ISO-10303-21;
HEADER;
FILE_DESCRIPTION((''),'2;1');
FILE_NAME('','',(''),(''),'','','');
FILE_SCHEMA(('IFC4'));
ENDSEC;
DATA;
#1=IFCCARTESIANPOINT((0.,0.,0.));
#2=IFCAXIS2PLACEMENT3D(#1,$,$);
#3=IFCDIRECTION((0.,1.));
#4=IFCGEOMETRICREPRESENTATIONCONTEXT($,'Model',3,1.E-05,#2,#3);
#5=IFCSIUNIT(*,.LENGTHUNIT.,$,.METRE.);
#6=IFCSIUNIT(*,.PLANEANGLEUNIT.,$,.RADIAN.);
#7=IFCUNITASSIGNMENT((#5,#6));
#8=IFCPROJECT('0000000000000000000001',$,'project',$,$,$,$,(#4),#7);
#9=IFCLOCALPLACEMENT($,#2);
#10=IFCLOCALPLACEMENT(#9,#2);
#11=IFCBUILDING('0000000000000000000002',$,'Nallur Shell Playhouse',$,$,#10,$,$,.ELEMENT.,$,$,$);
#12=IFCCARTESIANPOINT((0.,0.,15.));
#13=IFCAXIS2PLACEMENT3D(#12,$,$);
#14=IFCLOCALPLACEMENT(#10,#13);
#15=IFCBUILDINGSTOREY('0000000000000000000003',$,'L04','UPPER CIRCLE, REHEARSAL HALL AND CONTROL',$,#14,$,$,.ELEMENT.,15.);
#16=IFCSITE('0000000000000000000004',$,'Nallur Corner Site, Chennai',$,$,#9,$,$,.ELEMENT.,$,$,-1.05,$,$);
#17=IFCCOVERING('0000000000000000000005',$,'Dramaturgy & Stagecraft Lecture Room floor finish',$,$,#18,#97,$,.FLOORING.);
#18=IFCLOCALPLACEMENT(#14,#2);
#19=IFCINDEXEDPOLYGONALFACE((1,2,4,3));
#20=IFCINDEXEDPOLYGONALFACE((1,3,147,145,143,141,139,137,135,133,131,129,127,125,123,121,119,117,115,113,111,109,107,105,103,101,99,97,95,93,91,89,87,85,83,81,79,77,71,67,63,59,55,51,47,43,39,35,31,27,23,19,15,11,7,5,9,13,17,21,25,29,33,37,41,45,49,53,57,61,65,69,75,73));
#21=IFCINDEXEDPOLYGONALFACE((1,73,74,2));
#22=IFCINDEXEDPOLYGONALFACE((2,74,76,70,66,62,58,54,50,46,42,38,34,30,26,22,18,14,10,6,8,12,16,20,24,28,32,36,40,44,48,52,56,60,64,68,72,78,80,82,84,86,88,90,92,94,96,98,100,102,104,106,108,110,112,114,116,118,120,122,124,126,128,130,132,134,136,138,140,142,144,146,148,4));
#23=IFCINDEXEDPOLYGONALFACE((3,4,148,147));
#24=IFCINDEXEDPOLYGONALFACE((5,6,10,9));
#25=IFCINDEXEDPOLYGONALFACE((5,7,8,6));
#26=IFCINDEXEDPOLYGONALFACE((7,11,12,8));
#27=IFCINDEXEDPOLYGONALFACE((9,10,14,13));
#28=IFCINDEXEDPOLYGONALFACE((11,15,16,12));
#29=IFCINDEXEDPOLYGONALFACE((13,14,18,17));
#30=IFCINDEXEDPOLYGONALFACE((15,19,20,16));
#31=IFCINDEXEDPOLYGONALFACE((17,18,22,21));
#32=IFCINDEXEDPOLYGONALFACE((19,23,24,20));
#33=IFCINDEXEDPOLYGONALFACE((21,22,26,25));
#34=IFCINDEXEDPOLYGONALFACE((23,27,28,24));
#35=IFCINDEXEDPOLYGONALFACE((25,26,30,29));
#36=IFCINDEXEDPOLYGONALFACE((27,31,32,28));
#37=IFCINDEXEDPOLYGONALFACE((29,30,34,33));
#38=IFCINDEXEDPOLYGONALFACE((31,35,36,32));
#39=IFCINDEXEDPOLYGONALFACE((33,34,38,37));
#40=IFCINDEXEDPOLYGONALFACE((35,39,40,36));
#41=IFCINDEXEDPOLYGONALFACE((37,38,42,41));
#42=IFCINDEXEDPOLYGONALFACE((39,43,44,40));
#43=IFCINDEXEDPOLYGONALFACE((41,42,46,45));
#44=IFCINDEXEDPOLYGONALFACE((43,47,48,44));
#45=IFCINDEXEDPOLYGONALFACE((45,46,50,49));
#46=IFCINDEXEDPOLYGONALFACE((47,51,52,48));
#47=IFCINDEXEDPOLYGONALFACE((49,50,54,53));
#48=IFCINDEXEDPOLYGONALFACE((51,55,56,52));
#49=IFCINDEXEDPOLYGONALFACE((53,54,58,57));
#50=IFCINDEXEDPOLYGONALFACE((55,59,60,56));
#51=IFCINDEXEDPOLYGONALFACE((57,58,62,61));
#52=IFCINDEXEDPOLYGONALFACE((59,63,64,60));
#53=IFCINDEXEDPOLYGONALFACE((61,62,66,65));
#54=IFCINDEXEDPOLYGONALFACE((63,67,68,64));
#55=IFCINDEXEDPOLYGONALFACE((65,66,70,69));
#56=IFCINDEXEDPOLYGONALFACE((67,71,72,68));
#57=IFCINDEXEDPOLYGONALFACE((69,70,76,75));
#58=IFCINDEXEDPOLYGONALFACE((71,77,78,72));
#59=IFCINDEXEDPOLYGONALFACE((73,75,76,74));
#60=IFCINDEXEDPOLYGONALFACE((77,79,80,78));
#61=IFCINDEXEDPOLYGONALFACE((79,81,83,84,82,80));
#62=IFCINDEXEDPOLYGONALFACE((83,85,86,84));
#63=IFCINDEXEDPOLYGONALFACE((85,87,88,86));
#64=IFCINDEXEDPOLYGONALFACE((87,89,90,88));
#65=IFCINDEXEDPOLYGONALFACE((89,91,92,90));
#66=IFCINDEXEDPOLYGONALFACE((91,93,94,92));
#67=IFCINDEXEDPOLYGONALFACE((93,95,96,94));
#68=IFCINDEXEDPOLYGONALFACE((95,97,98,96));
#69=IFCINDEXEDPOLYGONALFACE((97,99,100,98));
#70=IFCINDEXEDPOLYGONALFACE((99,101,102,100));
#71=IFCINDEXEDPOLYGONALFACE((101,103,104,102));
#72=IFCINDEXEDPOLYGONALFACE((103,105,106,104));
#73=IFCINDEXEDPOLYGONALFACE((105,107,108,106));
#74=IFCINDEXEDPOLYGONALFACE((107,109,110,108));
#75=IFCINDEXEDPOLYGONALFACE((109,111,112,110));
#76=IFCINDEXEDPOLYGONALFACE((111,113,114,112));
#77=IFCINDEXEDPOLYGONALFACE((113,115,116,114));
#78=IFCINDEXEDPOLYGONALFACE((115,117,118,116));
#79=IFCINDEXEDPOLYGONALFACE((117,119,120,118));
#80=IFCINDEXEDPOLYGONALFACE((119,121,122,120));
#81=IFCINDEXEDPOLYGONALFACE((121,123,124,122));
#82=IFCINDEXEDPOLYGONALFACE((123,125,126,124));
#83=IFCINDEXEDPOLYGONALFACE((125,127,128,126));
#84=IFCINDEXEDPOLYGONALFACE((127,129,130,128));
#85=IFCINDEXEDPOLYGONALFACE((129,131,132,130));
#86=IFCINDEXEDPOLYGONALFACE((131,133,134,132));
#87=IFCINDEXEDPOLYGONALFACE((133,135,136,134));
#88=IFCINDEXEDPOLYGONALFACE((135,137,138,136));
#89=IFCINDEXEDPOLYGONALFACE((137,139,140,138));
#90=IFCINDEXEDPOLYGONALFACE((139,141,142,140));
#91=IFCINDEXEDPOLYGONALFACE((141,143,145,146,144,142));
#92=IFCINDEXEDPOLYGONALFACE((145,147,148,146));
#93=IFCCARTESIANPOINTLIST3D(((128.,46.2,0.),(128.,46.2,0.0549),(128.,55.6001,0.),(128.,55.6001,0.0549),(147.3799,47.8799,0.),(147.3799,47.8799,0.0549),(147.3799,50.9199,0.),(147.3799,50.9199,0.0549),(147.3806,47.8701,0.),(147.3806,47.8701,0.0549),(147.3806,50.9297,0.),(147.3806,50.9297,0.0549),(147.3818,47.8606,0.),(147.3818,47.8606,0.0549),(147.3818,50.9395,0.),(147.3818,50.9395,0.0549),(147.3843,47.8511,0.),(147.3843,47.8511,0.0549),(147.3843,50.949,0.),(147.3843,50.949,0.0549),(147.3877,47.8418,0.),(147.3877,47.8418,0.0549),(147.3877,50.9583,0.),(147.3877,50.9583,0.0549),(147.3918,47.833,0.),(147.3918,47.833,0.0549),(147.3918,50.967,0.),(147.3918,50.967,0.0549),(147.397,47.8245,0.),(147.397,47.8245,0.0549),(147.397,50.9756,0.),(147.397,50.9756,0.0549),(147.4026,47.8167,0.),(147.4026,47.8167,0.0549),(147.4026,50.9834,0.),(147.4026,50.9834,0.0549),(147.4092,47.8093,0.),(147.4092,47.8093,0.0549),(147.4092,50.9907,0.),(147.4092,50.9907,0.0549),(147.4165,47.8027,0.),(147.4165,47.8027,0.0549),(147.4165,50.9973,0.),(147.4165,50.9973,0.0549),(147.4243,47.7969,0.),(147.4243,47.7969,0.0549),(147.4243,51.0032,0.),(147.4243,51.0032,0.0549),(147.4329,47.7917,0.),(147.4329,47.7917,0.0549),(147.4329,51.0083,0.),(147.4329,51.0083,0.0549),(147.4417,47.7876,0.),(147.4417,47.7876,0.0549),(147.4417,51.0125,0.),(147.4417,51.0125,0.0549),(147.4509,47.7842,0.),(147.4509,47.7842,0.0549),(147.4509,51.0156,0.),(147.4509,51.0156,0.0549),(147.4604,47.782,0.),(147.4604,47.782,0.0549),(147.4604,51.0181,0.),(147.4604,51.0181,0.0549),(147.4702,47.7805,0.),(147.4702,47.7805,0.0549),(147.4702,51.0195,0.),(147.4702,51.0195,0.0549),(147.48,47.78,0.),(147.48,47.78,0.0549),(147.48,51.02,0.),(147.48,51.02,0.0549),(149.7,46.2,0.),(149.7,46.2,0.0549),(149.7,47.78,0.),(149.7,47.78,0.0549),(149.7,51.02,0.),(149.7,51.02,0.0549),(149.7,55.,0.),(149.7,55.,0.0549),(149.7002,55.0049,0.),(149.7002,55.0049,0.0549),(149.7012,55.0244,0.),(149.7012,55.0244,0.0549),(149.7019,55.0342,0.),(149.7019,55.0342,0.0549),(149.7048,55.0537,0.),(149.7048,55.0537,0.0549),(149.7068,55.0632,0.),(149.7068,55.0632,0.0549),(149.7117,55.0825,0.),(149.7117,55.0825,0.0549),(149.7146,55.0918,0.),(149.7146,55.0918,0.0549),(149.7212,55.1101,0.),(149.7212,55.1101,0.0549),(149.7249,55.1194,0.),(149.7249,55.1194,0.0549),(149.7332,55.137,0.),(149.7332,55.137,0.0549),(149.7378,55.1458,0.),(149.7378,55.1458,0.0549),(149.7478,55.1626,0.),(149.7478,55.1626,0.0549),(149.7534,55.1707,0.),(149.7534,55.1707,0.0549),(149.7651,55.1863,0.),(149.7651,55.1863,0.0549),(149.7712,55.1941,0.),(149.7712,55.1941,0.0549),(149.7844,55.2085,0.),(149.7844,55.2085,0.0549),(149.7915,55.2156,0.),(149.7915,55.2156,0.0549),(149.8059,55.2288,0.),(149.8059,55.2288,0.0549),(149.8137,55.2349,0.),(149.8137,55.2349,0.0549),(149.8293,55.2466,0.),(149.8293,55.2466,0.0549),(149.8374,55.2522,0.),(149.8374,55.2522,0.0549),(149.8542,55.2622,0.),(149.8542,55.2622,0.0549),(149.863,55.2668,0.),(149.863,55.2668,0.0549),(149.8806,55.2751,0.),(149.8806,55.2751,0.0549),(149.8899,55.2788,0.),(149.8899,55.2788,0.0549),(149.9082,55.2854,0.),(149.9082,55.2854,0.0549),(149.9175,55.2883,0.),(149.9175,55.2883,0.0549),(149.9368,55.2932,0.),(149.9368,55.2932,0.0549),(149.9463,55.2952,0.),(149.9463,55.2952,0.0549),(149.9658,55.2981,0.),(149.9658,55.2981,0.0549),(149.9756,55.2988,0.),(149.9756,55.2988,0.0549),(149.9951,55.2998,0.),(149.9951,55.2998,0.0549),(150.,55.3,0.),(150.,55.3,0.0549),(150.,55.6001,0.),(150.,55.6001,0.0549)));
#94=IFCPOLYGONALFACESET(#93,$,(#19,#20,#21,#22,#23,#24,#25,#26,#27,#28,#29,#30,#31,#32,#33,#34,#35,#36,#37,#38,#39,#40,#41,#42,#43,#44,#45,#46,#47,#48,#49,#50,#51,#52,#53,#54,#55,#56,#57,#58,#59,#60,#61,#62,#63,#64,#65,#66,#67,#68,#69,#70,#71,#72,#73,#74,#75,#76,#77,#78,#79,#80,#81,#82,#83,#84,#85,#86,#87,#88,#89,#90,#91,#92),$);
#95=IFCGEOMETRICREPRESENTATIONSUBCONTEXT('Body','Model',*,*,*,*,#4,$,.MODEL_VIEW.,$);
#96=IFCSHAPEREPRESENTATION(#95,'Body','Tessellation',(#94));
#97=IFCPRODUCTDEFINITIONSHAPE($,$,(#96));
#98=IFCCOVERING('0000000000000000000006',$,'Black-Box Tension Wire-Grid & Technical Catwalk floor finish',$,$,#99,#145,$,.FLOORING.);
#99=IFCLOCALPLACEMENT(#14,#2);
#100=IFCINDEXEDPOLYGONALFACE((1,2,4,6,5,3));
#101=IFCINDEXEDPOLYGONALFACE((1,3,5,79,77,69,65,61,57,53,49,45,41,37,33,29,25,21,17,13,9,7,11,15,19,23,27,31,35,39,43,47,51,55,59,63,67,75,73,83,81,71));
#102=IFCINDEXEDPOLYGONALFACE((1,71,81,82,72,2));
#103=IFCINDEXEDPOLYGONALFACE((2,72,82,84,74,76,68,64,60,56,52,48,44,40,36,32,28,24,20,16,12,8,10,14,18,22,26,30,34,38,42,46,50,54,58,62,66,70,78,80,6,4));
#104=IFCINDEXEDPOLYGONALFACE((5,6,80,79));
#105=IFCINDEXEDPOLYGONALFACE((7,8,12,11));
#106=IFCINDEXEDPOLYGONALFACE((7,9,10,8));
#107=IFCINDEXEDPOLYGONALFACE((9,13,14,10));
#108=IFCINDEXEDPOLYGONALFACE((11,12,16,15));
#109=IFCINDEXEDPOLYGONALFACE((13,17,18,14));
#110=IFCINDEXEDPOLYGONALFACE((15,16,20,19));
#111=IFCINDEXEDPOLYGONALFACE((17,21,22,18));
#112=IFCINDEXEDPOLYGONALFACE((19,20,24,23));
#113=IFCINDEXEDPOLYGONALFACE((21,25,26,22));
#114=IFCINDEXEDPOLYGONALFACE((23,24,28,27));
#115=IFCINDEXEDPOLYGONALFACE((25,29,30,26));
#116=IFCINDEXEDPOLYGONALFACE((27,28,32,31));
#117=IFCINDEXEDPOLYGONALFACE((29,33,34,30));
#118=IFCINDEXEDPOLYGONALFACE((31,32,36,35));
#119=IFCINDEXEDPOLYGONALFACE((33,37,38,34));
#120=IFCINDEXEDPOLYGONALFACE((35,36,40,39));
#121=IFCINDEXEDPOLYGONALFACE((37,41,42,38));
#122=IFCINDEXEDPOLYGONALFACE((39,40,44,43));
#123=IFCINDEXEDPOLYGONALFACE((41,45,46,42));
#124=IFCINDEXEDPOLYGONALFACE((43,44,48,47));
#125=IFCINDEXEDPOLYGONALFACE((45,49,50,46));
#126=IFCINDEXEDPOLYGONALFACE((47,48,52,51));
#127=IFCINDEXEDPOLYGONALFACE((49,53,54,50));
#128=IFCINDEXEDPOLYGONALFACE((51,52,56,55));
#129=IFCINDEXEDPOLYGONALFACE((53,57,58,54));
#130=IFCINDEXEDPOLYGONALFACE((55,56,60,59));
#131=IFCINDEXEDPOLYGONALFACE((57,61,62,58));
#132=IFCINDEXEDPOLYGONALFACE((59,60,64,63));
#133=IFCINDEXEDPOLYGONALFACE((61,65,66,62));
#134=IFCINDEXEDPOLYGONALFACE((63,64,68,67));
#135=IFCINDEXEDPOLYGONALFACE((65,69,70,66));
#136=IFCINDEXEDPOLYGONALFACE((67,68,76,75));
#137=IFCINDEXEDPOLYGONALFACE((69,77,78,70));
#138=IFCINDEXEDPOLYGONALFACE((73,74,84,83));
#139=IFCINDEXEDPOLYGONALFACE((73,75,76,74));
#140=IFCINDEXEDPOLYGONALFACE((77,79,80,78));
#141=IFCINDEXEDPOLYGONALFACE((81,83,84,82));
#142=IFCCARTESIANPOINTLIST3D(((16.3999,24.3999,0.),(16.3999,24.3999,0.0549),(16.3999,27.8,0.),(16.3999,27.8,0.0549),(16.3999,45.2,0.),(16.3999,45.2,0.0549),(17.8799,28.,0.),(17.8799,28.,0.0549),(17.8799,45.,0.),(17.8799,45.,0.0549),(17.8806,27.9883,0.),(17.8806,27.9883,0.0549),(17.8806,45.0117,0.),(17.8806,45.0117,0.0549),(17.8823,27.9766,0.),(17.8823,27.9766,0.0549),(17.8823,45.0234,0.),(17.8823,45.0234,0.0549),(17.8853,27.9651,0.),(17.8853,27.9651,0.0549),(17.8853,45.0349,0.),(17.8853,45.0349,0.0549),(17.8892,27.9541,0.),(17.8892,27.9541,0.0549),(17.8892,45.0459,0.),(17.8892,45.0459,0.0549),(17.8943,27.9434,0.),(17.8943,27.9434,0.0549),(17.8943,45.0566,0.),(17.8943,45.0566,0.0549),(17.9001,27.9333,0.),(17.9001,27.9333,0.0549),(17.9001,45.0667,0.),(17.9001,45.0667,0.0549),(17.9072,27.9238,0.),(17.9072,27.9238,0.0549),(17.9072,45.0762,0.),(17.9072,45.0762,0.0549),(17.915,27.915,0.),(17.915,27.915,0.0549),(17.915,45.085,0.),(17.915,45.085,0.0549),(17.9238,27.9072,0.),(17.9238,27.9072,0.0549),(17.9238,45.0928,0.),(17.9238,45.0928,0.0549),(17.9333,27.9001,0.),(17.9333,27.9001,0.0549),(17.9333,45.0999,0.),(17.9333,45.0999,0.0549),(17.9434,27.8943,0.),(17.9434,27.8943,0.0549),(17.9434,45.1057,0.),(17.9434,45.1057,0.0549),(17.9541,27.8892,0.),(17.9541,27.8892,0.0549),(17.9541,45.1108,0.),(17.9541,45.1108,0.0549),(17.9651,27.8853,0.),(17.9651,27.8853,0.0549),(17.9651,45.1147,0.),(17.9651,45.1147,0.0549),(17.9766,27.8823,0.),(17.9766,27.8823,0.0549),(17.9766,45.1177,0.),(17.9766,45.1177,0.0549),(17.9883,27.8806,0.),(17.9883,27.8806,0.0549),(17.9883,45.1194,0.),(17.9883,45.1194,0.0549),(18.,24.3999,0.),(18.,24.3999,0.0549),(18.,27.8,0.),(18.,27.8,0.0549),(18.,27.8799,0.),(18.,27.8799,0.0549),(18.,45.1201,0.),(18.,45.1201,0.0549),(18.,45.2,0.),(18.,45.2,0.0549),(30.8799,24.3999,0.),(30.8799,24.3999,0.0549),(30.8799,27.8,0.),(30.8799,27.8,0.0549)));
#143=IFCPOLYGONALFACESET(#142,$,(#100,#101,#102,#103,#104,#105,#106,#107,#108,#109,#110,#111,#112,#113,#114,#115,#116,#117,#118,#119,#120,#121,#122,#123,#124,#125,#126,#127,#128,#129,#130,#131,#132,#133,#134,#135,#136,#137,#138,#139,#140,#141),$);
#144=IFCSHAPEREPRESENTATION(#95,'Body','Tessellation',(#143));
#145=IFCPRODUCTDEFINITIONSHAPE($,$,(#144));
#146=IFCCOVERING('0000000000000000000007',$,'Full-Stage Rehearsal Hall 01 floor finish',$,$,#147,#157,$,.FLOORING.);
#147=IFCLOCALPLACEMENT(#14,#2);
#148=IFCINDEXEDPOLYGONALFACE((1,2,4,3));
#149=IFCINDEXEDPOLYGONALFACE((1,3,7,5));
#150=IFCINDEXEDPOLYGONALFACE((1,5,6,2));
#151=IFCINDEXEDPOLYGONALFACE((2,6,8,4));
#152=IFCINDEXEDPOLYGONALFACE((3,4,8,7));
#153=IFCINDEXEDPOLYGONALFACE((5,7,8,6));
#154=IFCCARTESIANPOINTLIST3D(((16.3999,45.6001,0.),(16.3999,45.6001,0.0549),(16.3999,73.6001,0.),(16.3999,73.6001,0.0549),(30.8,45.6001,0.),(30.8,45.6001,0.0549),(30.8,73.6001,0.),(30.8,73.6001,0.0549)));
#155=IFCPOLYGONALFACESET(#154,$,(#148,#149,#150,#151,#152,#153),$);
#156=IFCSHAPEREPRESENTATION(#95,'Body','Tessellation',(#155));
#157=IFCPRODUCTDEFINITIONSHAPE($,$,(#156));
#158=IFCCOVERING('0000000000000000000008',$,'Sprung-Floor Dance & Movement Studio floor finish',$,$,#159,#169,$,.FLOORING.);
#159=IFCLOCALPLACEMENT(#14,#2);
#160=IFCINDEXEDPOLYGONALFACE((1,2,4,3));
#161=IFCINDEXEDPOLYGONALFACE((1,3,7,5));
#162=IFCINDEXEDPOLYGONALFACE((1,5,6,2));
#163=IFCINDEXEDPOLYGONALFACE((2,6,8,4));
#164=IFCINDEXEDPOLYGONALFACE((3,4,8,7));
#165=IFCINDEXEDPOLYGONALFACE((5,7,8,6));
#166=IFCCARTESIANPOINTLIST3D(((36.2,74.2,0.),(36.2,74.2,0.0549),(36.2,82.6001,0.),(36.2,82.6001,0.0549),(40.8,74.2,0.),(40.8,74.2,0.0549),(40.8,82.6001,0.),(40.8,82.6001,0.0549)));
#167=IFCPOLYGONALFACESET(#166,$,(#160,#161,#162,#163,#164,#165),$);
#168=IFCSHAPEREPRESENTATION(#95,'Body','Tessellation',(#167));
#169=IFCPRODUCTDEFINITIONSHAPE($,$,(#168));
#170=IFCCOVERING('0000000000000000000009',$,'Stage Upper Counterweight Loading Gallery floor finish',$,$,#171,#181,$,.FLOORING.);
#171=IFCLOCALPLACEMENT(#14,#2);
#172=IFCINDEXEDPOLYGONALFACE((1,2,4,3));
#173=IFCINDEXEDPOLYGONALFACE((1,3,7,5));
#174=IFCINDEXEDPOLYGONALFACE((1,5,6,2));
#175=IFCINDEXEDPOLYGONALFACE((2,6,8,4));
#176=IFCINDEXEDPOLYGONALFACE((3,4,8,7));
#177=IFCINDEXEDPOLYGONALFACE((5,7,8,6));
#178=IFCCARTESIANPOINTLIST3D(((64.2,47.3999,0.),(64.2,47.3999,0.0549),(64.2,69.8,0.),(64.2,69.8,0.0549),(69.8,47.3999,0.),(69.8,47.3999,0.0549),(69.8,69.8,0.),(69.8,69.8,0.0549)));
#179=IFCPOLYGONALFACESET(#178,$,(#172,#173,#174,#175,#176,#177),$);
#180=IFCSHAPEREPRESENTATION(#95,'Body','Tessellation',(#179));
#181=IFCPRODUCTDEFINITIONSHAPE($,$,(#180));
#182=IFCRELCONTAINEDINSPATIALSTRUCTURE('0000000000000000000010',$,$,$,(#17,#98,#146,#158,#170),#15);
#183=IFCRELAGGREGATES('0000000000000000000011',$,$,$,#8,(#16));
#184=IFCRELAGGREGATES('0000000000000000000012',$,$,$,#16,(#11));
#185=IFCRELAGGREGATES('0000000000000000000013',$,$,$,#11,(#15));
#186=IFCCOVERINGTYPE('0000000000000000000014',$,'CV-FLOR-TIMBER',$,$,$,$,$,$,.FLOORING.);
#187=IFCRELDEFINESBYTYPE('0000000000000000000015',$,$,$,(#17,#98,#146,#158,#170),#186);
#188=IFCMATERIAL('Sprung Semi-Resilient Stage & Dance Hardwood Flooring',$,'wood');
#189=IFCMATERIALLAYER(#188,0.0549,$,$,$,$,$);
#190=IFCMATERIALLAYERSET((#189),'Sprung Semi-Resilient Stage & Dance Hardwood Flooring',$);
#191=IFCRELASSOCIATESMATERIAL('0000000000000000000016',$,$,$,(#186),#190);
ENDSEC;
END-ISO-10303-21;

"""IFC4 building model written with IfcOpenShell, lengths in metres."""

from ifc_helpers import new_model, si_unit, direction, frame, origin, place, context, subcontext, project, spatial, polyline, outline, extrude, material, layer, layer_set, type_object, element, save


model = new_model("IFC4")

# Units and contexts
model_context = context("Model", 3, precision=1e-05, world=origin(), true_north=direction((0.0, 1.0)))
body_context = subcontext(model_context, "Body", "Model", "MODEL_VIEW")
ifc_project = project(units=[si_unit("LENGTHUNIT", "METRE"), si_unit("PLANEANGLEUNIT", "RADIAN")], contexts=[model_context])

# Site, building, storey
site_placement = place(None, origin())
site = spatial("IfcSite", under=ifc_project, at=site_placement, Name="Nallur Corner Site, Chennai", CompositionType="ELEMENT", RefElevation=-1.05)
building_placement = place(site_placement, origin())
building = spatial("IfcBuilding", under=site, at=building_placement, Name="Nallur Shell Playhouse", CompositionType="ELEMENT")
storey_placement = place(building_placement, frame((0.0, 0.0, 15.0)))
storey = spatial("IfcBuildingStorey", under=building, at=storey_placement, Name="L04", Description="UPPER CIRCLE, REHEARSAL HALL AND CONTROL", CompositionType="ELEMENT", Elevation=15.0)

# Coverings
ifc_material_1 = material(Name="Sprung Semi-Resilient Stage & Dance Hardwood Flooring", Category="wood")
ifc_layer_1 = layer(ifc_material_1, 0.0549)
ifc_layer_set_1 = layer_set([ifc_layer_1], Name="Sprung Semi-Resilient Stage & Dance Hardwood Flooring")
covering_type_1 = type_object("IfcCoveringType", Name="CV-FLOR-TIMBER", PredefinedType="FLOORING", material=ifc_layer_set_1)
covering_1_placement = place(storey_placement, origin())
element("IfcCovering", 1, at=covering_1_placement, inside=storey, type_object=covering_type_1, Name="Dramaturgy & Stagecraft Lecture Room floor finish", PredefinedType="FLOORING", context=body_context, shape_type="SweptSolid", body=[
    extrude(outline(polyline([(149.9175, 55.2883), (149.9082, 55.2854), (149.8899, 55.2788), (149.8806, 55.2751), (149.863, 55.2668), (149.8542, 55.2622), (149.8374, 55.2522), (149.8293, 55.2466), (149.8137, 55.2349), (149.8059, 55.2288), (149.7915, 55.2156), (149.7844, 55.2085), (149.7712, 55.1941), (149.7651, 55.1863), (149.7534, 55.1707), (149.7478, 55.1626), (149.7378, 55.1458), (149.7332, 55.137), (149.7249, 55.1194), (149.7212, 55.1101), (149.7146, 55.0918), (149.7117, 55.0825), (149.7068, 55.0632), (149.7048, 55.0537), (149.7019, 55.0342), (149.7012, 55.0244), (149.7002, 55.0049), (149.7, 55.0), (149.7, 51.02), (147.48, 51.02), (147.4702, 51.0195), (147.4604, 51.0181), (147.4509, 51.0156), (147.4417, 51.0125), (147.4329, 51.0083), (147.4243, 51.0032), (147.4165, 50.9973), (147.4092, 50.9907), (147.4026, 50.9834), (147.397, 50.9756), (147.3918, 50.967), (147.3877, 50.9583), (147.3843, 50.949), (147.3818, 50.9395), (147.3806, 50.9297), (147.3799, 50.9199), (147.3799, 47.8799), (147.3806, 47.8701), (147.3818, 47.8606), (147.3843, 47.8511), (147.3877, 47.8418), (147.3918, 47.833), (147.397, 47.8245), (147.4026, 47.8167), (147.4092, 47.8093), (147.4165, 47.8027), (147.4243, 47.7969), (147.4329, 47.7917), (147.4417, 47.7876), (147.4509, 47.7842), (147.4604, 47.782), (147.4702, 47.7805), (147.48, 47.78), (149.7, 47.78), (149.7, 46.2), (128.0, 46.2), (128.0, 55.6001), (150.0, 55.6001), (150.0, 55.3), (149.9951, 55.2998), (149.9756, 55.2988), (149.9658, 55.2981), (149.9463, 55.2952), (149.9368, 55.2932), (149.9175, 55.2883)])), origin(), (0.0, 0.0, 1.0), 0.0549),
])
covering_2_placement = place(storey_placement, origin())
element("IfcCovering", 2, at=covering_2_placement, inside=storey, type_object=covering_type_1, Name="Black-Box Tension Wire-Grid & Technical Catwalk floor finish", PredefinedType="FLOORING", context=body_context, shape_type="SweptSolid", body=[
    extrude(outline(polyline([(17.9072, 45.0762), (17.9001, 45.0667), (17.8943, 45.0566), (17.8892, 45.0459), (17.8853, 45.0349), (17.8823, 45.0234), (17.8806, 45.0117), (17.8799, 45.0), (17.8799, 28.0), (17.8806, 27.9883), (17.8823, 27.9766), (17.8853, 27.9651), (17.8892, 27.9541), (17.8943, 27.9434), (17.9001, 27.9333), (17.9072, 27.9238), (17.915, 27.915), (17.9238, 27.9072), (17.9333, 27.9001), (17.9434, 27.8943), (17.9541, 27.8892), (17.9651, 27.8853), (17.9766, 27.8823), (17.9883, 27.8806), (18.0, 27.8799), (18.0, 27.8), (30.8799, 27.8), (30.8799, 24.3999), (18.0, 24.3999), (16.3999, 24.3999), (16.3999, 27.8), (16.3999, 45.2), (18.0, 45.2), (18.0, 45.1201), (17.9883, 45.1194), (17.9766, 45.1177), (17.9651, 45.1147), (17.9541, 45.1108), (17.9434, 45.1057), (17.9333, 45.0999), (17.9238, 45.0928), (17.915, 45.085), (17.9072, 45.0762)])), origin(), (0.0, 0.0, 1.0), 0.0549),
])
covering_3_placement = place(storey_placement, origin())
element("IfcCovering", 3, at=covering_3_placement, inside=storey, type_object=covering_type_1, Name="Full-Stage Rehearsal Hall 01 floor finish", PredefinedType="FLOORING", context=body_context, shape_type="SweptSolid", body=[
    extrude(outline(polyline([(16.3999, 73.6001), (30.8, 73.6001), (30.8, 45.6001), (16.3999, 45.6001), (16.3999, 73.6001)])), origin(), (0.0, 0.0, 1.0), 0.0549),
])
covering_4_placement = place(storey_placement, origin())
element("IfcCovering", 4, at=covering_4_placement, inside=storey, type_object=covering_type_1, Name="Sprung-Floor Dance & Movement Studio floor finish", PredefinedType="FLOORING", context=body_context, shape_type="SweptSolid", body=[
    extrude(outline(polyline([(36.2, 82.6001), (40.8, 82.6001), (40.8, 74.2), (36.2, 74.2), (36.2, 82.6001)])), origin(), (0.0, 0.0, 1.0), 0.0549),
])
covering_5_placement = place(storey_placement, origin())
element("IfcCovering", 5, at=covering_5_placement, inside=storey, type_object=covering_type_1, Name="Stage Upper Counterweight Loading Gallery floor finish", PredefinedType="FLOORING", context=body_context, shape_type="SweptSolid", body=[
    extrude(outline(polyline([(64.2, 69.8), (69.8, 69.8), (69.8, 47.3999), (64.2, 47.3999), (64.2, 69.8)])), origin(), (0.0, 0.0, 1.0), 0.0549),
])

save(model, "model.ifc")
